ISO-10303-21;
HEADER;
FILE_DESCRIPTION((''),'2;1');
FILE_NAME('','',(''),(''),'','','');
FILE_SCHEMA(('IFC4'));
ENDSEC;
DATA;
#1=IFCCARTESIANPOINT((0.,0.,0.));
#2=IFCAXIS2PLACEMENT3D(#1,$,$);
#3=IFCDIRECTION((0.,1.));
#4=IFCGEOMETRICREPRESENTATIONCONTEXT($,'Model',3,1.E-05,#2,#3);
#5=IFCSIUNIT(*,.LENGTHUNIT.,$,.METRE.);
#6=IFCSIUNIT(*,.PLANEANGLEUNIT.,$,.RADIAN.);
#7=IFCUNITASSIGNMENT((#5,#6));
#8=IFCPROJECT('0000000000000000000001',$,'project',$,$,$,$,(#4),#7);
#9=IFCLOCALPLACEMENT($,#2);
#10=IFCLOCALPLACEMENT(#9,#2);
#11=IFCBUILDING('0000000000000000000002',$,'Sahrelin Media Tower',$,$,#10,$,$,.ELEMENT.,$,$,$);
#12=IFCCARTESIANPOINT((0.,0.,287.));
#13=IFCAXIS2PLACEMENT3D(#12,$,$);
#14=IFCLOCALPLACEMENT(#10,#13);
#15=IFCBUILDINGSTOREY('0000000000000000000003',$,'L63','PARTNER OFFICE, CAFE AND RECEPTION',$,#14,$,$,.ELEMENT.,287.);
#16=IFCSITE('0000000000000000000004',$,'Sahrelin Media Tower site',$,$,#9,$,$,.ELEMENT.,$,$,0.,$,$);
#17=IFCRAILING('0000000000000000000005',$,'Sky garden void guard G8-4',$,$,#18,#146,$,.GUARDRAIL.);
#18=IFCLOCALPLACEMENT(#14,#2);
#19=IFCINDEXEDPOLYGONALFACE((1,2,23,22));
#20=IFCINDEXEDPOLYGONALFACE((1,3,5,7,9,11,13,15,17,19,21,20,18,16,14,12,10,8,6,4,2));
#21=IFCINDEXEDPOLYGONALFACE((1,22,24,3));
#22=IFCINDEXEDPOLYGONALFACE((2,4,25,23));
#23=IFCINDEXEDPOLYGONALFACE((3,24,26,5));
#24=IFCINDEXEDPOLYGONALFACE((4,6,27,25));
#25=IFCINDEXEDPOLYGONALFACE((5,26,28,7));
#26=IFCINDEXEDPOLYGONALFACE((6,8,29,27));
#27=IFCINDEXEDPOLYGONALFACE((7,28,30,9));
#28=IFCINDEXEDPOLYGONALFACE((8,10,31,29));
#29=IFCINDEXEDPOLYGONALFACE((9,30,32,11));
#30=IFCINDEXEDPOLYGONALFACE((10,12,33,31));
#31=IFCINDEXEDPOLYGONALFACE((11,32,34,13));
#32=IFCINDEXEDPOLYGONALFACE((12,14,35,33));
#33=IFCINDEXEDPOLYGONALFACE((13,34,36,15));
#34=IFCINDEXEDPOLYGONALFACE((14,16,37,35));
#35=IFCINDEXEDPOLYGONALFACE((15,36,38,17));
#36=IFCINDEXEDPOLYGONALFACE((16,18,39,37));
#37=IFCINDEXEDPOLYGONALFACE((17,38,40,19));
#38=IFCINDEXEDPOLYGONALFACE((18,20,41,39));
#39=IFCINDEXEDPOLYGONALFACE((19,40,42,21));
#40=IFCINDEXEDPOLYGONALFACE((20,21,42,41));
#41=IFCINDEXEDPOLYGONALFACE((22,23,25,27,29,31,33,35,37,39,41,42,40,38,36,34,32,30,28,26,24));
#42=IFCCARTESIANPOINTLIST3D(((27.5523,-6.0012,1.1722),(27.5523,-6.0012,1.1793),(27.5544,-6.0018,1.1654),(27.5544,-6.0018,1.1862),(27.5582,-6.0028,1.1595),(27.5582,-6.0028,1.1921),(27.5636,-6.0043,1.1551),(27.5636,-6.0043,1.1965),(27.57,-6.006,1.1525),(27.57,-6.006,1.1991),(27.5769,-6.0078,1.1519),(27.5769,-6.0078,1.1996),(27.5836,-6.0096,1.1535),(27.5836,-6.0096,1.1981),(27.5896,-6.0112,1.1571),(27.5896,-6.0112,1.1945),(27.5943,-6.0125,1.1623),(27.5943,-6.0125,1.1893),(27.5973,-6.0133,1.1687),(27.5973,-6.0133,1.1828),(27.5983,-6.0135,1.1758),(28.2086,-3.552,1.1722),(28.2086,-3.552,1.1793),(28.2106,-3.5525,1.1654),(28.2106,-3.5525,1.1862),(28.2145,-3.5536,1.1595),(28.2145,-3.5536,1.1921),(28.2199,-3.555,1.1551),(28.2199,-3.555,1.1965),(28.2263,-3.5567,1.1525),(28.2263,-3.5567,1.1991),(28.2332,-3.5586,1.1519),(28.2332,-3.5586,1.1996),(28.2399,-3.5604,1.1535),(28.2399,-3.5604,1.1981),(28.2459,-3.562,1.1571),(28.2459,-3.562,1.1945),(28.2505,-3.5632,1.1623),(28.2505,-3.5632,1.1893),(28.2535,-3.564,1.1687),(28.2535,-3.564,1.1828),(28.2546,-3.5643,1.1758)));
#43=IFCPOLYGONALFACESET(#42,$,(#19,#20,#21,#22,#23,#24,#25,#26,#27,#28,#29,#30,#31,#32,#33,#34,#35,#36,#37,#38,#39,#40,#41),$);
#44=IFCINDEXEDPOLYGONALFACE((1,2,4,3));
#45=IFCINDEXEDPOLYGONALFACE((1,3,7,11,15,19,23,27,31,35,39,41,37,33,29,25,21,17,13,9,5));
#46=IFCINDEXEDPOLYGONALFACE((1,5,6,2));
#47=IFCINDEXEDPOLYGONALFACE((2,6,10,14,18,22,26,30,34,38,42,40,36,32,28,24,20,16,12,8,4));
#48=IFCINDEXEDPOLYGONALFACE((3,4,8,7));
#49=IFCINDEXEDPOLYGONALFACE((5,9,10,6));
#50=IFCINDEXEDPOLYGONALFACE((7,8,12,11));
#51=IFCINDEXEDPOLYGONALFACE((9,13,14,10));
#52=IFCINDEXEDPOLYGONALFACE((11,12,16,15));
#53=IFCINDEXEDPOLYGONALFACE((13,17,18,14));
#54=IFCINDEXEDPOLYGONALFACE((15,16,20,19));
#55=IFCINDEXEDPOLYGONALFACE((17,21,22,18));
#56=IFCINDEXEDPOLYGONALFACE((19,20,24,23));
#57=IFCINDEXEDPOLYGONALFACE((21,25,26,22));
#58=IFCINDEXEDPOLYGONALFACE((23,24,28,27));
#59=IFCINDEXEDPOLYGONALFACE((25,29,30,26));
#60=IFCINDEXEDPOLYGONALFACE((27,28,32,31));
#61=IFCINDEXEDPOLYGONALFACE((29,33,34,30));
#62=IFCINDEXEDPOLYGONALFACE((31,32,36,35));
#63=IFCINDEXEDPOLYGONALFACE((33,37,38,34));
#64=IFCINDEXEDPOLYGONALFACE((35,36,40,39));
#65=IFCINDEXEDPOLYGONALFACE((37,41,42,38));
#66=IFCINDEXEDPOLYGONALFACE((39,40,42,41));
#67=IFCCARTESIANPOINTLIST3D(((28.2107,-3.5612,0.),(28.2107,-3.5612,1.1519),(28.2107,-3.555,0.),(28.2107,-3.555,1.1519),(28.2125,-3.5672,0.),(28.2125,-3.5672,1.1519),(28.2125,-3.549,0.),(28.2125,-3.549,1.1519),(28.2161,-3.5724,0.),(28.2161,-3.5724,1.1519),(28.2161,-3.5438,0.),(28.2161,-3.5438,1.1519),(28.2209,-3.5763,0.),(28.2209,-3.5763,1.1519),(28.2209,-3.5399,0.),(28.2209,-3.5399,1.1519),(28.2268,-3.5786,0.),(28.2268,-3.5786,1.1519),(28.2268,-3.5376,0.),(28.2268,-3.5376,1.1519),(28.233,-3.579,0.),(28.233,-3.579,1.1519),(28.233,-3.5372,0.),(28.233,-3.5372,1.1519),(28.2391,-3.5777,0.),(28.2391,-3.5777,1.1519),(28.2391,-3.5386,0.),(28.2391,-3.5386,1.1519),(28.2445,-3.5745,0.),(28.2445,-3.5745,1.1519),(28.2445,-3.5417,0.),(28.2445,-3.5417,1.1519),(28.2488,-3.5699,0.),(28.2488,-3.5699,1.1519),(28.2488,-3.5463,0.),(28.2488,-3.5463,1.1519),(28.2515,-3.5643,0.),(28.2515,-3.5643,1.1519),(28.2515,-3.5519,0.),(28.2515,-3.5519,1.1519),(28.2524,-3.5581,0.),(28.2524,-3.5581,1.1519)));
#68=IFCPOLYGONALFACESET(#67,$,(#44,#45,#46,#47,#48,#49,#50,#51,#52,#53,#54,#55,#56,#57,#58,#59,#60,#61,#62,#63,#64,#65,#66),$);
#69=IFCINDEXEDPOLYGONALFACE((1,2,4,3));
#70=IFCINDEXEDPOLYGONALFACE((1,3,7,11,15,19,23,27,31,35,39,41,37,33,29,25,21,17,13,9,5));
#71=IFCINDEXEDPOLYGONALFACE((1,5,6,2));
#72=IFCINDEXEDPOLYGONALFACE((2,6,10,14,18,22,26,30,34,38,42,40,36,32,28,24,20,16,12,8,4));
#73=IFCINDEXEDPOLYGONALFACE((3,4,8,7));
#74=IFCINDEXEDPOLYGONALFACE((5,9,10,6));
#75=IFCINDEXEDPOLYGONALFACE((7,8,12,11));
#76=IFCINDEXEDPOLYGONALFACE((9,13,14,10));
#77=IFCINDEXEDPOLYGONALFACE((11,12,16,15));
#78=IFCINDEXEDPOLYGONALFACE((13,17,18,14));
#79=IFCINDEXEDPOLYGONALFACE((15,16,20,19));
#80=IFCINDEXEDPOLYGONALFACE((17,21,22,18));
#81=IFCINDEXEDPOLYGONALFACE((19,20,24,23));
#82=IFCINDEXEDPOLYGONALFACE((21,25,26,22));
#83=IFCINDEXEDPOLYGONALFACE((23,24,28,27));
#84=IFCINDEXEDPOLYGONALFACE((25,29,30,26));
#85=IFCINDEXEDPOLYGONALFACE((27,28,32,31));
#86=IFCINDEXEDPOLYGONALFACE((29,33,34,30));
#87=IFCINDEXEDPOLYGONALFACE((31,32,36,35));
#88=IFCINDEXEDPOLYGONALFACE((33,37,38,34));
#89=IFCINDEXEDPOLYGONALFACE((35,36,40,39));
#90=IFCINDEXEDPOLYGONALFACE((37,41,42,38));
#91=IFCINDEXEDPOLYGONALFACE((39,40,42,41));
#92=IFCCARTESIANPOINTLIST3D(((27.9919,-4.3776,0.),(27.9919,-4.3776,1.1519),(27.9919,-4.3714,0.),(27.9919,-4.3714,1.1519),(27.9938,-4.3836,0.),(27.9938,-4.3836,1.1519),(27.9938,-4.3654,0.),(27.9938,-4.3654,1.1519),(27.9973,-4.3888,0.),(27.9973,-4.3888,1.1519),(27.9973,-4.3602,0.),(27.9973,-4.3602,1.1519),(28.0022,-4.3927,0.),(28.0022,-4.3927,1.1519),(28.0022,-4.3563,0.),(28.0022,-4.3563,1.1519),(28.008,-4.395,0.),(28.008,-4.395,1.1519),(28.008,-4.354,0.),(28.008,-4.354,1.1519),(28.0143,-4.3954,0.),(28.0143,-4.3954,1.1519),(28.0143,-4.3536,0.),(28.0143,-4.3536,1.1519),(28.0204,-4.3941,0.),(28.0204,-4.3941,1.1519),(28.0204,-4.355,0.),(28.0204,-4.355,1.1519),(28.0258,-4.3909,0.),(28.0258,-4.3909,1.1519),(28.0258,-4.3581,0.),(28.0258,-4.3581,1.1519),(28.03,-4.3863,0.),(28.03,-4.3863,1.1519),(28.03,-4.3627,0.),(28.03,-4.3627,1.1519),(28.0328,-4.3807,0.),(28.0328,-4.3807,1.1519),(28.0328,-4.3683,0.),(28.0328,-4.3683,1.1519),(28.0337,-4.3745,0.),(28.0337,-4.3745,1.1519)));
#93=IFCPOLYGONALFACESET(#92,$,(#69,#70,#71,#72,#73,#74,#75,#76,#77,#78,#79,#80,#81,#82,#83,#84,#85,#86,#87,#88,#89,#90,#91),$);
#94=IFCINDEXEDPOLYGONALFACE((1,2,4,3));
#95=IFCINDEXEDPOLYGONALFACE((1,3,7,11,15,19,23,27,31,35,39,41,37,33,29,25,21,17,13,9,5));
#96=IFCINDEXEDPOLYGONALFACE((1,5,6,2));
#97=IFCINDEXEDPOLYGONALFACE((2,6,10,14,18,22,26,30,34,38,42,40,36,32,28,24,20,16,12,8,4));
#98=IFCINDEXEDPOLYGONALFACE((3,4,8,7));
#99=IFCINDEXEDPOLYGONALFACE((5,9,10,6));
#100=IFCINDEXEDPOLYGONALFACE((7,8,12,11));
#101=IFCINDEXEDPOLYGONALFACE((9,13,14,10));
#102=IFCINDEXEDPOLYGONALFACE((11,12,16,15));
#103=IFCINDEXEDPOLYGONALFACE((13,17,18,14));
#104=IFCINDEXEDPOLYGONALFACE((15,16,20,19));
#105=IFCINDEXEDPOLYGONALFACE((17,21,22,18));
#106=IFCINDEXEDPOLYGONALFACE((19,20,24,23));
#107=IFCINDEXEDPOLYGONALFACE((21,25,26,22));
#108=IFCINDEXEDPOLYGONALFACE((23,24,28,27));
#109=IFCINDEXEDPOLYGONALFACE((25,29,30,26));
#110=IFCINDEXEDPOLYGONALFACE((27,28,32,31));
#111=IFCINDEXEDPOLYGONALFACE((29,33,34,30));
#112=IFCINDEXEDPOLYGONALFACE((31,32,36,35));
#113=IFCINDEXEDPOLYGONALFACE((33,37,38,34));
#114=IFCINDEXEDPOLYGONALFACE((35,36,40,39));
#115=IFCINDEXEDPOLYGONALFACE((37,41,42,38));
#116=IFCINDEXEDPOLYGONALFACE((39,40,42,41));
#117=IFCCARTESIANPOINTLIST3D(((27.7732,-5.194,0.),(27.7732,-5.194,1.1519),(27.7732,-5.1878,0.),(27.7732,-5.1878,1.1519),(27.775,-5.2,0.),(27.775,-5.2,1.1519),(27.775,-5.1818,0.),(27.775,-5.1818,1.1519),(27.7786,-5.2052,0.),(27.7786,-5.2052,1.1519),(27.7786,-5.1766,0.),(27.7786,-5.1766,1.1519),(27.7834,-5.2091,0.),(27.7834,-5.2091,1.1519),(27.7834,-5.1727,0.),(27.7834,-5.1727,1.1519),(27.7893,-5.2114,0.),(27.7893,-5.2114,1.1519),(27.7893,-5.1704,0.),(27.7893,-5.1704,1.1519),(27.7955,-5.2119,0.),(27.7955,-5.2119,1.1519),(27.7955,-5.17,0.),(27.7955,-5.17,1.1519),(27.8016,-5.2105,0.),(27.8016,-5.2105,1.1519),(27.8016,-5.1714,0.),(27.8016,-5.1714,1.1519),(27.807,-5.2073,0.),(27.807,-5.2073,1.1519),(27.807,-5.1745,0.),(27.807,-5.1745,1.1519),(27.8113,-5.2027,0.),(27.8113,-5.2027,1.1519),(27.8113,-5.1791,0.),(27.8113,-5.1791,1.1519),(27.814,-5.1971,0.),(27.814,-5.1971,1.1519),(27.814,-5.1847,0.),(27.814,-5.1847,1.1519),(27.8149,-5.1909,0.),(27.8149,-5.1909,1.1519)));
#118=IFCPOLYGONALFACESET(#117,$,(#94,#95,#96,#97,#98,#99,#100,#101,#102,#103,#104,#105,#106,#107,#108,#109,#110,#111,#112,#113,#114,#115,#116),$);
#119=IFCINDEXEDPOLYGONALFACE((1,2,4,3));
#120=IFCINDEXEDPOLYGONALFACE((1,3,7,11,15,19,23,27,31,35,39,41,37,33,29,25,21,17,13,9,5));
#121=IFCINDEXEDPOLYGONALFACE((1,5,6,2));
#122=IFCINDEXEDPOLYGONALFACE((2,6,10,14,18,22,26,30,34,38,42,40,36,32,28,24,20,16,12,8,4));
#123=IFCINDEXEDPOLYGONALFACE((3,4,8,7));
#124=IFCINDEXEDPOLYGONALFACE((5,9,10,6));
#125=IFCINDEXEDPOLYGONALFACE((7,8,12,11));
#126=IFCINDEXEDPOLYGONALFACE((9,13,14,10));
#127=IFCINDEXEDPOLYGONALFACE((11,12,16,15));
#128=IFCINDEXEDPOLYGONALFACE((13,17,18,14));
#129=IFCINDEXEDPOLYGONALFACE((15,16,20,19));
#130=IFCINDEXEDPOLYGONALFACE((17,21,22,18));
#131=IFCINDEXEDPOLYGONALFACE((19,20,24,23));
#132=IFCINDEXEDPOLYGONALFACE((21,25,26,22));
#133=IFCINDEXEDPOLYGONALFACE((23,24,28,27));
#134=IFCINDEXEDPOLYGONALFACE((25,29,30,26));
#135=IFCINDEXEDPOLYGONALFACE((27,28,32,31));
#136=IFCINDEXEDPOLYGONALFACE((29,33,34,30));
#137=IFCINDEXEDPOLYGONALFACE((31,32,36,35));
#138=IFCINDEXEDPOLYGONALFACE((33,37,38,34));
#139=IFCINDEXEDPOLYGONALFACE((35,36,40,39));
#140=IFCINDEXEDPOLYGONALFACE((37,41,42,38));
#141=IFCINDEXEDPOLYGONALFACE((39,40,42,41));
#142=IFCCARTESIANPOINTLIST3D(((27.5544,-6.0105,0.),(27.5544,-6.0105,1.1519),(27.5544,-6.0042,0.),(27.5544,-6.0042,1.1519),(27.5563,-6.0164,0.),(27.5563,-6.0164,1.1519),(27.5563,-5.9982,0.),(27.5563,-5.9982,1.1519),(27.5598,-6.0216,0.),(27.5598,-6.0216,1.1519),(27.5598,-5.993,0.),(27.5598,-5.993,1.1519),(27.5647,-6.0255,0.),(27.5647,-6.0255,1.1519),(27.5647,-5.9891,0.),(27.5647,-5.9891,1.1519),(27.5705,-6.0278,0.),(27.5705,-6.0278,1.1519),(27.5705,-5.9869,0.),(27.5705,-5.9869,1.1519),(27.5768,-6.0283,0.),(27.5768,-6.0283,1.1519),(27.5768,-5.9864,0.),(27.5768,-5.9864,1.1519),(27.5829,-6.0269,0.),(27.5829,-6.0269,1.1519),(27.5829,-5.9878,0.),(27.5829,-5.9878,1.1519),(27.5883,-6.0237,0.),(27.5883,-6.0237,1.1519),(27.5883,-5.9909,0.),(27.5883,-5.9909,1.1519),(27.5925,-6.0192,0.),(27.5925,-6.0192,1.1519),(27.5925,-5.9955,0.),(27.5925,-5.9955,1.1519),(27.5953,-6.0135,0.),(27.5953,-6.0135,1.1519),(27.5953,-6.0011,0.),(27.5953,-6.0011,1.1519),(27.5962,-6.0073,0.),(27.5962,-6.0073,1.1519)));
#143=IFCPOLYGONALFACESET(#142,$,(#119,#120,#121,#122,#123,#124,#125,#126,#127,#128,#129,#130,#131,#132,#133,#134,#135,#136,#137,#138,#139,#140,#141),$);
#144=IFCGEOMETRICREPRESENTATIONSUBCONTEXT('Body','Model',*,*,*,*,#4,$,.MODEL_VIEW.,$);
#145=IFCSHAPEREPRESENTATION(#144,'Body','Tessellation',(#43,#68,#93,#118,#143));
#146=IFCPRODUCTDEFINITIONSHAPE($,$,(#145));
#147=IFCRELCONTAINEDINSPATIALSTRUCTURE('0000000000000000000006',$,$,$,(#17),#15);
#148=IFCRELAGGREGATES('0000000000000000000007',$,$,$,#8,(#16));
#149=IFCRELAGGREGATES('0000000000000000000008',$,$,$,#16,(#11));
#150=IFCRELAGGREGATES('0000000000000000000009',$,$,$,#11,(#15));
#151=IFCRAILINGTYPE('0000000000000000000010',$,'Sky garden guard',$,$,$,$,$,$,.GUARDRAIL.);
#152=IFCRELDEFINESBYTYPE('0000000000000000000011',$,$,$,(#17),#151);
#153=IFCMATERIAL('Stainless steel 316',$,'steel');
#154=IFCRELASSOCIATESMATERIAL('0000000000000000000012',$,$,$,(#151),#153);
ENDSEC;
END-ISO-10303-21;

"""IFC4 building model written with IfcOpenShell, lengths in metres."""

from ifc_helpers import new_model, si_unit, direction, frame, origin, origin_2d, place, context, subcontext, project, spatial, circle, extrude, material, type_object, element, save


model = new_model("IFC4")

# Units and contexts
model_context = context("Model", 3, precision=1e-05, world=origin(), true_north=direction((0.0, 1.0)))
body_context = subcontext(model_context, "Body", "Model", "MODEL_VIEW")
ifc_project = project(units=[si_unit("LENGTHUNIT", "METRE"), si_unit("PLANEANGLEUNIT", "RADIAN")], contexts=[model_context])

# Site, building, storey
site_placement = place(None, origin())
site = spatial("IfcSite", under=ifc_project, at=site_placement, Name="Sahrelin Media Tower site", CompositionType="ELEMENT", RefElevation=0.0)
building_placement = place(site_placement, origin())
building = spatial("IfcBuilding", under=site, at=building_placement, Name="Sahrelin Media Tower", CompositionType="ELEMENT")
storey_placement = place(building_placement, frame((0.0, 0.0, 287.0)))
storey = spatial("IfcBuildingStorey", under=building, at=storey_placement, Name="L63", Description="PARTNER OFFICE, CAFE AND RECEPTION", CompositionType="ELEMENT", Elevation=287.0)

# Railing
ifc_material_1 = material(Name="Stainless steel 316", Category="steel")
railing_type = type_object("IfcRailingType", Name="Sky garden guard", PredefinedType="GUARDRAIL", material=ifc_material_1)
railing_1_placement = place(storey_placement, frame((28.2314, -3.5581, 0.0)))
element("IfcRailing", 1, at=railing_1_placement, inside=storey, type_object=railing_type, Name="Sky garden void guard G8-4", PredefinedType="GUARDRAIL", context=body_context, shape_type="SweptSolid", body=[
    extrude(circle(Radius=0.0239, at=origin_2d()), frame((0.0, 0.0, 1.1758), z_axis=(-0.258813, -0.965927, 0.0), x_axis=(0.965927, -0.258813, 0.0)), (0.0, 0.0, 1.0), 2.5356),
    extrude(circle(Radius=0.021, at=origin_2d()), origin(), (0.0, 0.0, 1.0), 1.1519),
    extrude(circle(Radius=0.021, at=origin_2d()), frame((-0.2188, -0.8164, 0.0)), (0.0, 0.0, 1.0), 1.1519),
    extrude(circle(Radius=0.021, at=origin_2d()), frame((-0.4375, -1.6328, 0.0)), (0.0, 0.0, 1.0), 1.1519),
    extrude(circle(Radius=0.021, at=origin_2d()), frame((-0.6562, -2.4492, 0.0)), (0.0, 0.0, 1.0), 1.1519),
])

save(model, "model.ifc")
